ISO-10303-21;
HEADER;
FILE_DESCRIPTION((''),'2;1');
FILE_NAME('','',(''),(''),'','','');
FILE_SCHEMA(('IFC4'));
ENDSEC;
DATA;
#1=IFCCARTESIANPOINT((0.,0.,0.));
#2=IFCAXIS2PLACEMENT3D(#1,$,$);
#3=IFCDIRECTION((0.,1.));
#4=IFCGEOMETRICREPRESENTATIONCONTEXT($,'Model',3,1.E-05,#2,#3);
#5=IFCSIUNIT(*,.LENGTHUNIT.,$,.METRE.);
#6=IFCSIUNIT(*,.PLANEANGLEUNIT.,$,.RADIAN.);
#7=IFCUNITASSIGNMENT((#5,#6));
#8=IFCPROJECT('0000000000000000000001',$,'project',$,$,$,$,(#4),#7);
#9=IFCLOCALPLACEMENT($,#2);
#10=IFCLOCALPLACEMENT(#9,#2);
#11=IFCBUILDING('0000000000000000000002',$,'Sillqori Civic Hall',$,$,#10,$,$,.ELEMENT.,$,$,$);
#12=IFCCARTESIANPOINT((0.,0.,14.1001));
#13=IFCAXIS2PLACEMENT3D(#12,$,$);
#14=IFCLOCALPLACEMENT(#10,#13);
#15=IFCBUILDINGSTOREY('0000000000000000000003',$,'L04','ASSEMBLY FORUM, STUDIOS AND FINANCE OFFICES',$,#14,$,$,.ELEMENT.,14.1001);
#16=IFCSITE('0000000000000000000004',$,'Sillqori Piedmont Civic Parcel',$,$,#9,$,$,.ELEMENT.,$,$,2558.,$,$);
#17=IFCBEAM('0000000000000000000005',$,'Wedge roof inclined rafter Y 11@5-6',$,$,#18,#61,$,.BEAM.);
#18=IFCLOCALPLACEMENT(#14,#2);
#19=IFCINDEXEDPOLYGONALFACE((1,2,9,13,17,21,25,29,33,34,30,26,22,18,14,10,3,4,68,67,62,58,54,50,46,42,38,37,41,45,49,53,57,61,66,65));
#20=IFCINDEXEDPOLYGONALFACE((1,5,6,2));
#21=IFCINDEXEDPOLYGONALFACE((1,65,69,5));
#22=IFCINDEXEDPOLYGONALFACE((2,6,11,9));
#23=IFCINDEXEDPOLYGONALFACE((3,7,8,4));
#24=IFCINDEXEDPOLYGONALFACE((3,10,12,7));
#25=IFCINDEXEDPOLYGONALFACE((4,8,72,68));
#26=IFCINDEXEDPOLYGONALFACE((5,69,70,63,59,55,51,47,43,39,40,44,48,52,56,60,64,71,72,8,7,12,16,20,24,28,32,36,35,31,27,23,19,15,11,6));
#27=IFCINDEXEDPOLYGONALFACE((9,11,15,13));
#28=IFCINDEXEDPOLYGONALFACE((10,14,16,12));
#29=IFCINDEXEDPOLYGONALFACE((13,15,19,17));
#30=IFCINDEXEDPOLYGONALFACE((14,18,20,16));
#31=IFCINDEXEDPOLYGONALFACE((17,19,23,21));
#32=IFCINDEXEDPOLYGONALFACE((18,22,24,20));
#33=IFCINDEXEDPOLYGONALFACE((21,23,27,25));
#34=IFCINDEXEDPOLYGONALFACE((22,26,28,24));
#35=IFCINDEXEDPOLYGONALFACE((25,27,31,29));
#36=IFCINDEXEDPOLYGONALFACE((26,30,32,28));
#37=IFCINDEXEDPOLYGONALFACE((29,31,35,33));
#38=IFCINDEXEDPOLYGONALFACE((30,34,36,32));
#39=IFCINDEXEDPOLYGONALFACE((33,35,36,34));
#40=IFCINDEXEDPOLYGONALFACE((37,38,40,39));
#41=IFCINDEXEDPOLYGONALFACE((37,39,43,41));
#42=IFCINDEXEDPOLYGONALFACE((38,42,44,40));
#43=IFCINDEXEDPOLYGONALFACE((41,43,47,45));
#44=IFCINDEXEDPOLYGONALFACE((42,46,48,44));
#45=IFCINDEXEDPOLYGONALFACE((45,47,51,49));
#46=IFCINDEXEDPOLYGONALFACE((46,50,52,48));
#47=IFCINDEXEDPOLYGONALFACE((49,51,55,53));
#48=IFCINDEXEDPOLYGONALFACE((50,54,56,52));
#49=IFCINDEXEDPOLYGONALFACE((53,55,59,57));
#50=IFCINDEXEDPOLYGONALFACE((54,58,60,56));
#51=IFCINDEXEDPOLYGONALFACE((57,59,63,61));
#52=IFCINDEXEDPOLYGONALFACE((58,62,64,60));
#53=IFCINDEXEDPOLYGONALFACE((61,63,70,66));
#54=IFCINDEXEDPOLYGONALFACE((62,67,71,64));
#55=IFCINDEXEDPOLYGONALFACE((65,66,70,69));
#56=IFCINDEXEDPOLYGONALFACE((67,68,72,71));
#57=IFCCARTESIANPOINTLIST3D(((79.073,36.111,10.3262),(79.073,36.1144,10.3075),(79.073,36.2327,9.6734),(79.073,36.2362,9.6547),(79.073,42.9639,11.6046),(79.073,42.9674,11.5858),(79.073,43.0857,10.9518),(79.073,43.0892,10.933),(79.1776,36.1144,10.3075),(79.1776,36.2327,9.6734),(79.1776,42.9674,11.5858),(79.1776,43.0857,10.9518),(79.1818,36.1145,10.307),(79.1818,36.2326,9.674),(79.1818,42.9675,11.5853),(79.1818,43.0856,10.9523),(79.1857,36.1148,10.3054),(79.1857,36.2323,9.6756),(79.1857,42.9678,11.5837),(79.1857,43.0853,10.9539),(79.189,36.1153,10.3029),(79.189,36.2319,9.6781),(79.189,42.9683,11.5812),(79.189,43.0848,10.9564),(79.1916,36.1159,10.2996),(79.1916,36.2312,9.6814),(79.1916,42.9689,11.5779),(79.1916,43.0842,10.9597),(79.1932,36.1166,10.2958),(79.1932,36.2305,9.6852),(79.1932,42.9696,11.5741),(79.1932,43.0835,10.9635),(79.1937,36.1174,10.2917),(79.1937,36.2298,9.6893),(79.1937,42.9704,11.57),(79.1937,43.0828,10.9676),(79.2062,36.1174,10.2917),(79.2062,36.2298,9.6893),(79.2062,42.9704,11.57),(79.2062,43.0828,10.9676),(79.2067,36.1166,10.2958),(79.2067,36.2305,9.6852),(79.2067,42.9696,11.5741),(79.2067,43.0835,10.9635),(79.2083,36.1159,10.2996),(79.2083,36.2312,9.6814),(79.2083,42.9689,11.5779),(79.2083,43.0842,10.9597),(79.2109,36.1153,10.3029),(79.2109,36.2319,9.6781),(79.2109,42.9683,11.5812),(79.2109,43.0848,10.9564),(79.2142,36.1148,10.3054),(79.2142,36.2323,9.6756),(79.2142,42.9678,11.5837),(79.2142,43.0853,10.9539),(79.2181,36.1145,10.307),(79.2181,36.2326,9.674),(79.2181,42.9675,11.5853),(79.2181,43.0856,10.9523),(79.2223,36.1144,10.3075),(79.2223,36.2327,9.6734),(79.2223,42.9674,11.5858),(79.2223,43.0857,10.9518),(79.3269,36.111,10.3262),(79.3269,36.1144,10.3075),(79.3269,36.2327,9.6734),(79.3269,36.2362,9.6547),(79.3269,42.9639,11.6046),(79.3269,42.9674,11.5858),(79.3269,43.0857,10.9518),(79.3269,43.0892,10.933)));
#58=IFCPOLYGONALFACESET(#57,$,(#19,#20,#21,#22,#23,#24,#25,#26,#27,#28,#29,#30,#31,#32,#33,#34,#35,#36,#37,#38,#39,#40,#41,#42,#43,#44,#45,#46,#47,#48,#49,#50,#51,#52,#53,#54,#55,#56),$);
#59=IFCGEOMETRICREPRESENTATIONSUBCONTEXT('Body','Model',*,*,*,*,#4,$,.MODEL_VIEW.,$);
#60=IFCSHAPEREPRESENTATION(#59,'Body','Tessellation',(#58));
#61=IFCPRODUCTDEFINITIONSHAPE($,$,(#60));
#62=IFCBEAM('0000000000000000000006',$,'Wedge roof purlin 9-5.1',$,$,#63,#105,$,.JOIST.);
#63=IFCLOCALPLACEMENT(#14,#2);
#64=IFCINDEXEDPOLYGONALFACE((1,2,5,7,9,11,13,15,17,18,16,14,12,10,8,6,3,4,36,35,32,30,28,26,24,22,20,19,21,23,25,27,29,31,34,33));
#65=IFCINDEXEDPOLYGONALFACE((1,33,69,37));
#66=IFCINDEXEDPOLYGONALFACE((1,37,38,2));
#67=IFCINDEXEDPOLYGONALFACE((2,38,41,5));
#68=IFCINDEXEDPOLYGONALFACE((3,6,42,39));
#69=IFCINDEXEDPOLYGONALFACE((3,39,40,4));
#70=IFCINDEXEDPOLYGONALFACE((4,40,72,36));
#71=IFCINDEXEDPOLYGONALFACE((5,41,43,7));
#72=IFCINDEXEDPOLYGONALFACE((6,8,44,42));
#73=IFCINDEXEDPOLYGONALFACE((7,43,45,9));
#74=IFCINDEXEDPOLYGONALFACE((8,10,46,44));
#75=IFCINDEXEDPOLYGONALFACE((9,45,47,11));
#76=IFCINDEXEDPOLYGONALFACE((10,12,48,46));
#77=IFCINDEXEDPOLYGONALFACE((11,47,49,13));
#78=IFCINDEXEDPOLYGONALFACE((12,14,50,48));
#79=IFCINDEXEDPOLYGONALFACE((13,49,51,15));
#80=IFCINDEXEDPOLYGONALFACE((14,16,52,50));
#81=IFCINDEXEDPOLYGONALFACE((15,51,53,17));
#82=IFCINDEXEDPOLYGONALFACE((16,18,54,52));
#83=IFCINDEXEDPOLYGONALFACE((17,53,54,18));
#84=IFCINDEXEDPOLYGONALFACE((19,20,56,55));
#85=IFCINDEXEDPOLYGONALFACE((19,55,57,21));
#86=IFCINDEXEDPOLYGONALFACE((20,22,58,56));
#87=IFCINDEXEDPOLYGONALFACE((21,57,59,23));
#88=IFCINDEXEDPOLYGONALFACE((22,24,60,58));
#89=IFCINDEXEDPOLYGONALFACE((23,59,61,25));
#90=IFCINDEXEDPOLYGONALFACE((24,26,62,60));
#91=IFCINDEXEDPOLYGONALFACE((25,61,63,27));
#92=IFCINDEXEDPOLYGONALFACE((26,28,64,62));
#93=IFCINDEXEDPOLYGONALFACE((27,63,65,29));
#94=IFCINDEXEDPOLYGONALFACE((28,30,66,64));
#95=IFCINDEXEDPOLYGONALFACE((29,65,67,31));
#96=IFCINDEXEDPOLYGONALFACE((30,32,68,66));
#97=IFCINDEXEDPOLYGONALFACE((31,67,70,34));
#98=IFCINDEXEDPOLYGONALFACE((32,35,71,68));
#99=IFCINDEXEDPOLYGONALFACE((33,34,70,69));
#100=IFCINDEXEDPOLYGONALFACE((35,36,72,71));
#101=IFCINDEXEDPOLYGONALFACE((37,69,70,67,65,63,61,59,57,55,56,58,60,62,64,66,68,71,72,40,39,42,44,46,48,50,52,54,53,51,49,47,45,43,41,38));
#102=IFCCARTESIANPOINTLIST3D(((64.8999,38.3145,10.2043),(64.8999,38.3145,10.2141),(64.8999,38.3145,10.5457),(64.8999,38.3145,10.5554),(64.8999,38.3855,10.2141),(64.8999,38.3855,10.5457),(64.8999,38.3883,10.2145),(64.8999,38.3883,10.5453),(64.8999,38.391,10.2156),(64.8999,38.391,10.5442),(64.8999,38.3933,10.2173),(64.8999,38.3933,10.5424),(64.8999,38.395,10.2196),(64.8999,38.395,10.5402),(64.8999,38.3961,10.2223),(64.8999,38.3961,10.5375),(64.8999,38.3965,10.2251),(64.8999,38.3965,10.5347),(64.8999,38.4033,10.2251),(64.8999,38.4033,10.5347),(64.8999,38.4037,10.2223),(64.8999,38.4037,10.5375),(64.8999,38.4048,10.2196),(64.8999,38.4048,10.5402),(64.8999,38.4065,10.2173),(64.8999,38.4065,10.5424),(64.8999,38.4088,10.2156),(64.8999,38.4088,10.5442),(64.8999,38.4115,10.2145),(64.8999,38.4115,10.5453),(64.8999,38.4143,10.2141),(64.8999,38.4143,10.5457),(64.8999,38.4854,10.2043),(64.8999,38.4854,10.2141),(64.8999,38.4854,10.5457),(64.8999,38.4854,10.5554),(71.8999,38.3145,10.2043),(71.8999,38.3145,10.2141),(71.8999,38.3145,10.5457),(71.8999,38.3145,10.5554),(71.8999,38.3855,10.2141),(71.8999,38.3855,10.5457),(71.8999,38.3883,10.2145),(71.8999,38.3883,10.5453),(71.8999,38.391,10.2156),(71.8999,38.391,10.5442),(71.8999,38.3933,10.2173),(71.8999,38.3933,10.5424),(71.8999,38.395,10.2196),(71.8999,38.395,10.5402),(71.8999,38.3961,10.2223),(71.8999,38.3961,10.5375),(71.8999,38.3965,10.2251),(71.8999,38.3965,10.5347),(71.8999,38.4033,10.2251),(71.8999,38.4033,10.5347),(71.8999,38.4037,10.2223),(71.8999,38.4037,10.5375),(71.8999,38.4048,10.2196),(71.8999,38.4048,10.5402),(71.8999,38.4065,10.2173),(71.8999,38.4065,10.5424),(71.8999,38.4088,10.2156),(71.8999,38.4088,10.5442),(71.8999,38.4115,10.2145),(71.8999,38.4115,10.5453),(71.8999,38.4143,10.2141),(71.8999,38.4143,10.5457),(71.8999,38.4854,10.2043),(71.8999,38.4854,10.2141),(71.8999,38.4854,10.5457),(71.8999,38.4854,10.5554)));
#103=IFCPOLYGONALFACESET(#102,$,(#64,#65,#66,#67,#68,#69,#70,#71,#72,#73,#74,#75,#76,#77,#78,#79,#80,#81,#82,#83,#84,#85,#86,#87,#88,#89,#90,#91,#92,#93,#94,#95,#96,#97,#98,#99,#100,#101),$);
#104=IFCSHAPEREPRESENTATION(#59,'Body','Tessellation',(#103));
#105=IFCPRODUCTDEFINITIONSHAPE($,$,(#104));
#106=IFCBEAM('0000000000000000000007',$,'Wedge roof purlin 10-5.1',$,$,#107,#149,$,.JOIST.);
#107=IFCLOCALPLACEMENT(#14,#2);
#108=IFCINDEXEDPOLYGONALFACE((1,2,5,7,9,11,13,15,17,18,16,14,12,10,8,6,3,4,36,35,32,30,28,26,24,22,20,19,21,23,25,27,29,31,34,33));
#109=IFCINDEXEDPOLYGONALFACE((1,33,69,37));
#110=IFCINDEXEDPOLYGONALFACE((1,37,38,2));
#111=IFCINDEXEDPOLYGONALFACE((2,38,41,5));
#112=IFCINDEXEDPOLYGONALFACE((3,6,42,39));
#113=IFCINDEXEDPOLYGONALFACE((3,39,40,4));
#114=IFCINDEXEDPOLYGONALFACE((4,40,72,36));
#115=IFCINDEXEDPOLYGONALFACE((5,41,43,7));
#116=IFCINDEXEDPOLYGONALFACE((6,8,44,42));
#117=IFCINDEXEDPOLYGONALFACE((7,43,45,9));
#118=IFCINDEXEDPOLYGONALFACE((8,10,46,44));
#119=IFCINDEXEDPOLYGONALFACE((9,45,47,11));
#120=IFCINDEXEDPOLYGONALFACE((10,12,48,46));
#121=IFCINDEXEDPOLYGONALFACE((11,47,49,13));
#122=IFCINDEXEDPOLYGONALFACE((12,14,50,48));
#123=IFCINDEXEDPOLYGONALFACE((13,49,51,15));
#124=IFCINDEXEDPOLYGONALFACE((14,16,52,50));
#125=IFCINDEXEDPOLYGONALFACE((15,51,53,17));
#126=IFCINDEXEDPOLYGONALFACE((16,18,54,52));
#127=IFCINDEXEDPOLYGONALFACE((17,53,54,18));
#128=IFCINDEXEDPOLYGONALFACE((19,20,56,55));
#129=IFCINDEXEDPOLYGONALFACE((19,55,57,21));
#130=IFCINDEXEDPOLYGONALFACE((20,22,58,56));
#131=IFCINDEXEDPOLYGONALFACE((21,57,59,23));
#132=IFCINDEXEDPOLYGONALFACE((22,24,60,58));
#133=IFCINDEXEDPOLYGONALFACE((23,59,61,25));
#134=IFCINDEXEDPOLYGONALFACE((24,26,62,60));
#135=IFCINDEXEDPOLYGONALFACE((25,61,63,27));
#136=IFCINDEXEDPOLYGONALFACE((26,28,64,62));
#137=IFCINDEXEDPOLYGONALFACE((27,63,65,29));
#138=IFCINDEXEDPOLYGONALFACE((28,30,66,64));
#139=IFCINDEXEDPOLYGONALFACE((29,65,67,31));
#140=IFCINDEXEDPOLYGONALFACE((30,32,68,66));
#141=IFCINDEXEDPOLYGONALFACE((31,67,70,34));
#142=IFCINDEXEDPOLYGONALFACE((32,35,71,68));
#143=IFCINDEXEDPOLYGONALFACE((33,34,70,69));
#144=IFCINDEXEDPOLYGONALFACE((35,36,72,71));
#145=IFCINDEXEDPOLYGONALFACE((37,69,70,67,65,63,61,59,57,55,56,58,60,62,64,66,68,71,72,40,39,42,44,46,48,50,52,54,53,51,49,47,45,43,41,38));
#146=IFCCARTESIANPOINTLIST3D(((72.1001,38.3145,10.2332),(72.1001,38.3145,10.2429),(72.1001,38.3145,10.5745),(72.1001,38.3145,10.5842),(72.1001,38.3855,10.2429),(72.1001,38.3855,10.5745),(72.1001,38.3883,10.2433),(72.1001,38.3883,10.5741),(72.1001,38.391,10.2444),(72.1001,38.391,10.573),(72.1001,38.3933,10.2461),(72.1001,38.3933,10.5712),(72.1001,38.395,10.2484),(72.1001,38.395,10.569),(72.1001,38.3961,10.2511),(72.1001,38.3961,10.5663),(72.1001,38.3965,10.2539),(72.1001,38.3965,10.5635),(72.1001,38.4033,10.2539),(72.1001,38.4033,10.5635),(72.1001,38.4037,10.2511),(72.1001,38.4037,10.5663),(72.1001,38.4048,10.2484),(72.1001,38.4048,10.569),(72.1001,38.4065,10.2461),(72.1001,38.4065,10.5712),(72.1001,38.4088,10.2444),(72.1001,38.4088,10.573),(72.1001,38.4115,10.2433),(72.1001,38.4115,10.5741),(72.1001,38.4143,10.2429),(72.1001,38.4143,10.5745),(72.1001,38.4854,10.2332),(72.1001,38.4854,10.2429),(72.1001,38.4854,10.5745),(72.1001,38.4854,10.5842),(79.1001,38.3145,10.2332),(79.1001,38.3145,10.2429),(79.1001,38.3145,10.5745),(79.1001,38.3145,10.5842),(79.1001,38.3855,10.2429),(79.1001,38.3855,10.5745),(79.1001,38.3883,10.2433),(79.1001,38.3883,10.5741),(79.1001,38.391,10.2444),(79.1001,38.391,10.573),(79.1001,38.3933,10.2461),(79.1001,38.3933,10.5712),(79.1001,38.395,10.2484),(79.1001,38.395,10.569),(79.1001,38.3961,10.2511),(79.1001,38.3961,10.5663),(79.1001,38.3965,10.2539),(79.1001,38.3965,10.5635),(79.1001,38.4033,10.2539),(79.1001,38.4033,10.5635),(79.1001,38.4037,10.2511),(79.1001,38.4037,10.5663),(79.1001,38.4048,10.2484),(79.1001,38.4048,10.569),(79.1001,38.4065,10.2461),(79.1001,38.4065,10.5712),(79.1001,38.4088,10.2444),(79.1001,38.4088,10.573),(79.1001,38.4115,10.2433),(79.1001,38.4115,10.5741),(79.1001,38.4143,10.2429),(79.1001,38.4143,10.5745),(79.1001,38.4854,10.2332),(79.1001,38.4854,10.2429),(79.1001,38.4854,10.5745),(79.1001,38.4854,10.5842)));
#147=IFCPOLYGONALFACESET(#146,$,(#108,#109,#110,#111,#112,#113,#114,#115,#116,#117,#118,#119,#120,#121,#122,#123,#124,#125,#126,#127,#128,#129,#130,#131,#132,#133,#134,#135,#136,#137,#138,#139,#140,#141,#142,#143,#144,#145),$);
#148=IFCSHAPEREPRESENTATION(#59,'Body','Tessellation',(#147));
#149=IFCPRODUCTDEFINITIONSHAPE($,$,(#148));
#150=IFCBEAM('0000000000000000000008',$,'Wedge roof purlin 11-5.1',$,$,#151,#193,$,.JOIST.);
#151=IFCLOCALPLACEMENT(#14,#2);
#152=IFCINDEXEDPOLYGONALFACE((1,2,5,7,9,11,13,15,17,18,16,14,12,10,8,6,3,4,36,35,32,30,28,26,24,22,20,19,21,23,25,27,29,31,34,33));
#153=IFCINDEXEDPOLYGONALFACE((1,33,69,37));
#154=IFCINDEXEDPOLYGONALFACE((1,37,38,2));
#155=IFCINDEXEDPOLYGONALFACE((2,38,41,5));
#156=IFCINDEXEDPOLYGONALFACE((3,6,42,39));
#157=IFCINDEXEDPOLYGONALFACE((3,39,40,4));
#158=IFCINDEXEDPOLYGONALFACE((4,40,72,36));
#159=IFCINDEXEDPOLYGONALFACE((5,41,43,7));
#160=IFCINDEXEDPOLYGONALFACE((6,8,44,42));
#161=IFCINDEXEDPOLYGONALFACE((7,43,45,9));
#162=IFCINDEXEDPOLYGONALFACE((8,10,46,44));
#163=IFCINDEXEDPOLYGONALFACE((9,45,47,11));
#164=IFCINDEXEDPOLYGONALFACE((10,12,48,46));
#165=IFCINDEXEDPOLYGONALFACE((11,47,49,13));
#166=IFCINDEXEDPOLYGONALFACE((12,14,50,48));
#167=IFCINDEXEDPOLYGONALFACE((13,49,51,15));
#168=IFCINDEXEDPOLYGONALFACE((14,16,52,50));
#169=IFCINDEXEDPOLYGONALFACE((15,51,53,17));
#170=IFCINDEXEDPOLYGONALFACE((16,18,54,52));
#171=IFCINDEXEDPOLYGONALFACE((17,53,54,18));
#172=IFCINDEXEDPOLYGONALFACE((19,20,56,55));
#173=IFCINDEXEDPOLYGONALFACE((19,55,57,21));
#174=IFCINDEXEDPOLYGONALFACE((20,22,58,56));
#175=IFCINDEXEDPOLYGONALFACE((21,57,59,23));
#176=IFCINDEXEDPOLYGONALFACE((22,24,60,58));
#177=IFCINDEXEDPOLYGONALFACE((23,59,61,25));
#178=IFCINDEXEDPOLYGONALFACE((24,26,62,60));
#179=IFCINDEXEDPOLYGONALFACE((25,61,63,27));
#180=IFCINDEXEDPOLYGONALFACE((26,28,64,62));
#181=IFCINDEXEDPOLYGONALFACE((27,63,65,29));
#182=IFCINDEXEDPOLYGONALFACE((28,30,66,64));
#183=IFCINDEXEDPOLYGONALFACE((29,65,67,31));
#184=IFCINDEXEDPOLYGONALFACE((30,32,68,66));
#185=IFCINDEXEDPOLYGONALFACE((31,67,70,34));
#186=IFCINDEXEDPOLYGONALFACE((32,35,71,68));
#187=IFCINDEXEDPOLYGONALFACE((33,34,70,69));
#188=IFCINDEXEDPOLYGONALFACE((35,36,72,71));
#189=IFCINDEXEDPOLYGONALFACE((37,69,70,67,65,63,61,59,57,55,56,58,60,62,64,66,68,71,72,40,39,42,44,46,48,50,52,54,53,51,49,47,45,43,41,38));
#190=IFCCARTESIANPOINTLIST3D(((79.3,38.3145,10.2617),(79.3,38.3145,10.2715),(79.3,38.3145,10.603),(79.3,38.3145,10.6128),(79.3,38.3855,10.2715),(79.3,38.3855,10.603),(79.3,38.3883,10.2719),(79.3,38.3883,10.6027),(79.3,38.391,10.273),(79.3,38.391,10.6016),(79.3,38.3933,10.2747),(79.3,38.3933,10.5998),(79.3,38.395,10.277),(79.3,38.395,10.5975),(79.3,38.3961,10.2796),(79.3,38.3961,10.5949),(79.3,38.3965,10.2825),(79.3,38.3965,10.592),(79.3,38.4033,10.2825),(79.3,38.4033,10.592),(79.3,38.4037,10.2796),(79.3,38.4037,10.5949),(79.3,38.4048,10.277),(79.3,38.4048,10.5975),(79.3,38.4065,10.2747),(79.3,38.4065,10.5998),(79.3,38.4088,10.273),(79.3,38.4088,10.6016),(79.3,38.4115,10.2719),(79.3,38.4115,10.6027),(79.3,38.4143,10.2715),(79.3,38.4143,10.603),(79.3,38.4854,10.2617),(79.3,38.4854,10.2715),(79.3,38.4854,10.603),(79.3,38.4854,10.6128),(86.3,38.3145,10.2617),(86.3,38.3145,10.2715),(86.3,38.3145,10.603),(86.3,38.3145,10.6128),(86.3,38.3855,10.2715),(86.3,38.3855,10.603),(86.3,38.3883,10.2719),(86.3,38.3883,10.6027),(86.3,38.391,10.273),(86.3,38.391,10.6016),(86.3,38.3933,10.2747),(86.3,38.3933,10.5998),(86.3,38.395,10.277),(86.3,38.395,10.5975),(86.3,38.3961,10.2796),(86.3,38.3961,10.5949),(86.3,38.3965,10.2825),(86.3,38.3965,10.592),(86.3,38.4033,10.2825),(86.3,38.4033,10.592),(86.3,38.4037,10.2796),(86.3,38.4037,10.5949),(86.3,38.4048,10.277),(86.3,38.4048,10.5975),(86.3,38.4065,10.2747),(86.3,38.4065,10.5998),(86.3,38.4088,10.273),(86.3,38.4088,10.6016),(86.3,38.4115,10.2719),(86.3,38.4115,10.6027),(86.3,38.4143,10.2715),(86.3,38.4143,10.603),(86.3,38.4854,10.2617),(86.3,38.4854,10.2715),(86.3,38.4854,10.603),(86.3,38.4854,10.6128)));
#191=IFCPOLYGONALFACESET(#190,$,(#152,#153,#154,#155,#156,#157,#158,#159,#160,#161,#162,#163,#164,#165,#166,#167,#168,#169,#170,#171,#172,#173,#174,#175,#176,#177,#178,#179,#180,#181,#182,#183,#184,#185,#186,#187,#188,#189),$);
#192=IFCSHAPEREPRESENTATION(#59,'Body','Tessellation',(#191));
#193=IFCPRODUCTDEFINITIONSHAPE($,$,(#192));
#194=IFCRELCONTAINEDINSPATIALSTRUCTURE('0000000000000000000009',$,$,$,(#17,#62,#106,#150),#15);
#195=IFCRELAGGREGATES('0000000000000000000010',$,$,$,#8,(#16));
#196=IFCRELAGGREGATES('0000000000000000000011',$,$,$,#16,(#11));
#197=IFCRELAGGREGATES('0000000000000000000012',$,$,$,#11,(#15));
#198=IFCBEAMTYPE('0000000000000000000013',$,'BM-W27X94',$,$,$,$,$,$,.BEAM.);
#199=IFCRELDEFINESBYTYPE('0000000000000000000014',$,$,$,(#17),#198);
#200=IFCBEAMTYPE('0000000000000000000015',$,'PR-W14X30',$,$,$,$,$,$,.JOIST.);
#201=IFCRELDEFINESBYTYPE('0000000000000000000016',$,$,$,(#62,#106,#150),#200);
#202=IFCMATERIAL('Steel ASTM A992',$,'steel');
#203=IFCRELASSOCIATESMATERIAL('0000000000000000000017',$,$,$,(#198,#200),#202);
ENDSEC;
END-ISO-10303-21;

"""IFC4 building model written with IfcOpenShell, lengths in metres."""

from ifc_helpers import new_model, si_unit, direction, frame, origin, origin_2d, place, context, subcontext, project, spatial, i_section, extrude, material, material_profile, profile_set, type_object, element, save


model = new_model("IFC4")

# Units and contexts
model_context = context("Model", 3, precision=1e-05, world=origin(), true_north=direction((0.0, 1.0)))
body_context = subcontext(model_context, "Body", "Model", "MODEL_VIEW")
ifc_project = project(units=[si_unit("LENGTHUNIT", "METRE"), si_unit("PLANEANGLEUNIT", "RADIAN")], contexts=[model_context])

# Site, building, storey
site_placement = place(None, origin())
site = spatial("IfcSite", under=ifc_project, at=site_placement, Name="Sillqori Piedmont Civic Parcel", CompositionType="ELEMENT", RefElevation=2558.0)
building_placement = place(site_placement, origin())
building = spatial("IfcBuilding", under=site, at=building_placement, Name="Sillqori Civic Hall", CompositionType="ELEMENT")
storey_placement = place(building_placement, frame((0.0, 0.0, 14.1001)))
storey = spatial("IfcBuildingStorey", under=building, at=storey_placement, Name="L04", Description="ASSEMBLY FORUM, STUDIOS AND FINANCE OFFICES", CompositionType="ELEMENT", Elevation=14.1001)

# Shared definitions
ifc_material_1 = material(Name="Steel ASTM A992", Category="steel")

# Beams
ifc_material_profile_1 = material_profile(ifc_material_1, i_section(OverallWidth=0.2539, OverallDepth=0.6831, WebThickness=0.0125, FlangeThickness=0.019, FilletRadius=0.0161, at=origin_2d()), Name="W27X94")
ifc_profile_set_1 = profile_set([ifc_material_profile_1], Name="Steel ASTM A992")
beam_type_1 = type_object("IfcBeamType", Name="BM-W27X94", PredefinedType="BEAM", material=ifc_profile_set_1)
for number, where, z_axis, x_axis, name in (
    (1, (79.2, 36.1736, 9.9905), (0.0, 0.983044, 0.183371), (-1.0, 0.0, 0.0), "Wedge roof inclined rafter Y 11@5-6"),
):
    element("IfcBeam", number, at=place(storey_placement, frame(where, z_axis=z_axis, x_axis=x_axis)), inside=storey, type_object=beam_type_1, Name=name, PredefinedType="BEAM", context=body_context, shape_type="SweptSolid", body=[
        extrude(i_section(OverallWidth=0.2539, OverallDepth=0.6831, WebThickness=0.0125, FlangeThickness=0.019, FilletRadius=0.0161, at=origin_2d()), origin(), (0.0, 0.0, 1.0), 6.9712),
    ])
ifc_material_profile_2 = material_profile(ifc_material_1, i_section(OverallWidth=0.1709, OverallDepth=0.3511, WebThickness=0.0068, FlangeThickness=0.0098, FilletRadius=0.011, at=origin_2d()), Name="W14X30")
ifc_profile_set_2 = profile_set([ifc_material_profile_2], Name="Steel ASTM A992")
beam_type_2 = type_object("IfcBeamType", Name="PR-W14X30", PredefinedType="JOIST", material=ifc_profile_set_2)
for number, where, z_axis, x_axis, name in (
    (2, (64.8999, 38.3999, 10.3799), (1.0, 0.0, 0.0), (0.0, 1.0, 0.0), "Wedge roof purlin 9-5.1"),
    (3, (72.1001, 38.3999, 10.4087), (1.0, 0.0, 0.0), (0.0, 1.0, 0.0), "Wedge roof purlin 10-5.1"),
    (4, (79.3, 38.3999, 10.4373), (1.0, 0.0, 0.0), (0.0, 1.0, 0.0), "Wedge roof purlin 11-5.1"),
):
    element("IfcBeam", number, at=place(storey_placement, frame(where, z_axis=z_axis, x_axis=x_axis)), inside=storey, type_object=beam_type_2, Name=name, PredefinedType="JOIST", context=body_context, shape_type="SweptSolid", body=[
        extrude(i_section(OverallWidth=0.1709, OverallDepth=0.3511, WebThickness=0.0068, FlangeThickness=0.0098, FilletRadius=0.011, at=origin_2d()), origin(), (0.0, 0.0, 1.0), 7.0),
    ])

save(model, "model.ifc")
